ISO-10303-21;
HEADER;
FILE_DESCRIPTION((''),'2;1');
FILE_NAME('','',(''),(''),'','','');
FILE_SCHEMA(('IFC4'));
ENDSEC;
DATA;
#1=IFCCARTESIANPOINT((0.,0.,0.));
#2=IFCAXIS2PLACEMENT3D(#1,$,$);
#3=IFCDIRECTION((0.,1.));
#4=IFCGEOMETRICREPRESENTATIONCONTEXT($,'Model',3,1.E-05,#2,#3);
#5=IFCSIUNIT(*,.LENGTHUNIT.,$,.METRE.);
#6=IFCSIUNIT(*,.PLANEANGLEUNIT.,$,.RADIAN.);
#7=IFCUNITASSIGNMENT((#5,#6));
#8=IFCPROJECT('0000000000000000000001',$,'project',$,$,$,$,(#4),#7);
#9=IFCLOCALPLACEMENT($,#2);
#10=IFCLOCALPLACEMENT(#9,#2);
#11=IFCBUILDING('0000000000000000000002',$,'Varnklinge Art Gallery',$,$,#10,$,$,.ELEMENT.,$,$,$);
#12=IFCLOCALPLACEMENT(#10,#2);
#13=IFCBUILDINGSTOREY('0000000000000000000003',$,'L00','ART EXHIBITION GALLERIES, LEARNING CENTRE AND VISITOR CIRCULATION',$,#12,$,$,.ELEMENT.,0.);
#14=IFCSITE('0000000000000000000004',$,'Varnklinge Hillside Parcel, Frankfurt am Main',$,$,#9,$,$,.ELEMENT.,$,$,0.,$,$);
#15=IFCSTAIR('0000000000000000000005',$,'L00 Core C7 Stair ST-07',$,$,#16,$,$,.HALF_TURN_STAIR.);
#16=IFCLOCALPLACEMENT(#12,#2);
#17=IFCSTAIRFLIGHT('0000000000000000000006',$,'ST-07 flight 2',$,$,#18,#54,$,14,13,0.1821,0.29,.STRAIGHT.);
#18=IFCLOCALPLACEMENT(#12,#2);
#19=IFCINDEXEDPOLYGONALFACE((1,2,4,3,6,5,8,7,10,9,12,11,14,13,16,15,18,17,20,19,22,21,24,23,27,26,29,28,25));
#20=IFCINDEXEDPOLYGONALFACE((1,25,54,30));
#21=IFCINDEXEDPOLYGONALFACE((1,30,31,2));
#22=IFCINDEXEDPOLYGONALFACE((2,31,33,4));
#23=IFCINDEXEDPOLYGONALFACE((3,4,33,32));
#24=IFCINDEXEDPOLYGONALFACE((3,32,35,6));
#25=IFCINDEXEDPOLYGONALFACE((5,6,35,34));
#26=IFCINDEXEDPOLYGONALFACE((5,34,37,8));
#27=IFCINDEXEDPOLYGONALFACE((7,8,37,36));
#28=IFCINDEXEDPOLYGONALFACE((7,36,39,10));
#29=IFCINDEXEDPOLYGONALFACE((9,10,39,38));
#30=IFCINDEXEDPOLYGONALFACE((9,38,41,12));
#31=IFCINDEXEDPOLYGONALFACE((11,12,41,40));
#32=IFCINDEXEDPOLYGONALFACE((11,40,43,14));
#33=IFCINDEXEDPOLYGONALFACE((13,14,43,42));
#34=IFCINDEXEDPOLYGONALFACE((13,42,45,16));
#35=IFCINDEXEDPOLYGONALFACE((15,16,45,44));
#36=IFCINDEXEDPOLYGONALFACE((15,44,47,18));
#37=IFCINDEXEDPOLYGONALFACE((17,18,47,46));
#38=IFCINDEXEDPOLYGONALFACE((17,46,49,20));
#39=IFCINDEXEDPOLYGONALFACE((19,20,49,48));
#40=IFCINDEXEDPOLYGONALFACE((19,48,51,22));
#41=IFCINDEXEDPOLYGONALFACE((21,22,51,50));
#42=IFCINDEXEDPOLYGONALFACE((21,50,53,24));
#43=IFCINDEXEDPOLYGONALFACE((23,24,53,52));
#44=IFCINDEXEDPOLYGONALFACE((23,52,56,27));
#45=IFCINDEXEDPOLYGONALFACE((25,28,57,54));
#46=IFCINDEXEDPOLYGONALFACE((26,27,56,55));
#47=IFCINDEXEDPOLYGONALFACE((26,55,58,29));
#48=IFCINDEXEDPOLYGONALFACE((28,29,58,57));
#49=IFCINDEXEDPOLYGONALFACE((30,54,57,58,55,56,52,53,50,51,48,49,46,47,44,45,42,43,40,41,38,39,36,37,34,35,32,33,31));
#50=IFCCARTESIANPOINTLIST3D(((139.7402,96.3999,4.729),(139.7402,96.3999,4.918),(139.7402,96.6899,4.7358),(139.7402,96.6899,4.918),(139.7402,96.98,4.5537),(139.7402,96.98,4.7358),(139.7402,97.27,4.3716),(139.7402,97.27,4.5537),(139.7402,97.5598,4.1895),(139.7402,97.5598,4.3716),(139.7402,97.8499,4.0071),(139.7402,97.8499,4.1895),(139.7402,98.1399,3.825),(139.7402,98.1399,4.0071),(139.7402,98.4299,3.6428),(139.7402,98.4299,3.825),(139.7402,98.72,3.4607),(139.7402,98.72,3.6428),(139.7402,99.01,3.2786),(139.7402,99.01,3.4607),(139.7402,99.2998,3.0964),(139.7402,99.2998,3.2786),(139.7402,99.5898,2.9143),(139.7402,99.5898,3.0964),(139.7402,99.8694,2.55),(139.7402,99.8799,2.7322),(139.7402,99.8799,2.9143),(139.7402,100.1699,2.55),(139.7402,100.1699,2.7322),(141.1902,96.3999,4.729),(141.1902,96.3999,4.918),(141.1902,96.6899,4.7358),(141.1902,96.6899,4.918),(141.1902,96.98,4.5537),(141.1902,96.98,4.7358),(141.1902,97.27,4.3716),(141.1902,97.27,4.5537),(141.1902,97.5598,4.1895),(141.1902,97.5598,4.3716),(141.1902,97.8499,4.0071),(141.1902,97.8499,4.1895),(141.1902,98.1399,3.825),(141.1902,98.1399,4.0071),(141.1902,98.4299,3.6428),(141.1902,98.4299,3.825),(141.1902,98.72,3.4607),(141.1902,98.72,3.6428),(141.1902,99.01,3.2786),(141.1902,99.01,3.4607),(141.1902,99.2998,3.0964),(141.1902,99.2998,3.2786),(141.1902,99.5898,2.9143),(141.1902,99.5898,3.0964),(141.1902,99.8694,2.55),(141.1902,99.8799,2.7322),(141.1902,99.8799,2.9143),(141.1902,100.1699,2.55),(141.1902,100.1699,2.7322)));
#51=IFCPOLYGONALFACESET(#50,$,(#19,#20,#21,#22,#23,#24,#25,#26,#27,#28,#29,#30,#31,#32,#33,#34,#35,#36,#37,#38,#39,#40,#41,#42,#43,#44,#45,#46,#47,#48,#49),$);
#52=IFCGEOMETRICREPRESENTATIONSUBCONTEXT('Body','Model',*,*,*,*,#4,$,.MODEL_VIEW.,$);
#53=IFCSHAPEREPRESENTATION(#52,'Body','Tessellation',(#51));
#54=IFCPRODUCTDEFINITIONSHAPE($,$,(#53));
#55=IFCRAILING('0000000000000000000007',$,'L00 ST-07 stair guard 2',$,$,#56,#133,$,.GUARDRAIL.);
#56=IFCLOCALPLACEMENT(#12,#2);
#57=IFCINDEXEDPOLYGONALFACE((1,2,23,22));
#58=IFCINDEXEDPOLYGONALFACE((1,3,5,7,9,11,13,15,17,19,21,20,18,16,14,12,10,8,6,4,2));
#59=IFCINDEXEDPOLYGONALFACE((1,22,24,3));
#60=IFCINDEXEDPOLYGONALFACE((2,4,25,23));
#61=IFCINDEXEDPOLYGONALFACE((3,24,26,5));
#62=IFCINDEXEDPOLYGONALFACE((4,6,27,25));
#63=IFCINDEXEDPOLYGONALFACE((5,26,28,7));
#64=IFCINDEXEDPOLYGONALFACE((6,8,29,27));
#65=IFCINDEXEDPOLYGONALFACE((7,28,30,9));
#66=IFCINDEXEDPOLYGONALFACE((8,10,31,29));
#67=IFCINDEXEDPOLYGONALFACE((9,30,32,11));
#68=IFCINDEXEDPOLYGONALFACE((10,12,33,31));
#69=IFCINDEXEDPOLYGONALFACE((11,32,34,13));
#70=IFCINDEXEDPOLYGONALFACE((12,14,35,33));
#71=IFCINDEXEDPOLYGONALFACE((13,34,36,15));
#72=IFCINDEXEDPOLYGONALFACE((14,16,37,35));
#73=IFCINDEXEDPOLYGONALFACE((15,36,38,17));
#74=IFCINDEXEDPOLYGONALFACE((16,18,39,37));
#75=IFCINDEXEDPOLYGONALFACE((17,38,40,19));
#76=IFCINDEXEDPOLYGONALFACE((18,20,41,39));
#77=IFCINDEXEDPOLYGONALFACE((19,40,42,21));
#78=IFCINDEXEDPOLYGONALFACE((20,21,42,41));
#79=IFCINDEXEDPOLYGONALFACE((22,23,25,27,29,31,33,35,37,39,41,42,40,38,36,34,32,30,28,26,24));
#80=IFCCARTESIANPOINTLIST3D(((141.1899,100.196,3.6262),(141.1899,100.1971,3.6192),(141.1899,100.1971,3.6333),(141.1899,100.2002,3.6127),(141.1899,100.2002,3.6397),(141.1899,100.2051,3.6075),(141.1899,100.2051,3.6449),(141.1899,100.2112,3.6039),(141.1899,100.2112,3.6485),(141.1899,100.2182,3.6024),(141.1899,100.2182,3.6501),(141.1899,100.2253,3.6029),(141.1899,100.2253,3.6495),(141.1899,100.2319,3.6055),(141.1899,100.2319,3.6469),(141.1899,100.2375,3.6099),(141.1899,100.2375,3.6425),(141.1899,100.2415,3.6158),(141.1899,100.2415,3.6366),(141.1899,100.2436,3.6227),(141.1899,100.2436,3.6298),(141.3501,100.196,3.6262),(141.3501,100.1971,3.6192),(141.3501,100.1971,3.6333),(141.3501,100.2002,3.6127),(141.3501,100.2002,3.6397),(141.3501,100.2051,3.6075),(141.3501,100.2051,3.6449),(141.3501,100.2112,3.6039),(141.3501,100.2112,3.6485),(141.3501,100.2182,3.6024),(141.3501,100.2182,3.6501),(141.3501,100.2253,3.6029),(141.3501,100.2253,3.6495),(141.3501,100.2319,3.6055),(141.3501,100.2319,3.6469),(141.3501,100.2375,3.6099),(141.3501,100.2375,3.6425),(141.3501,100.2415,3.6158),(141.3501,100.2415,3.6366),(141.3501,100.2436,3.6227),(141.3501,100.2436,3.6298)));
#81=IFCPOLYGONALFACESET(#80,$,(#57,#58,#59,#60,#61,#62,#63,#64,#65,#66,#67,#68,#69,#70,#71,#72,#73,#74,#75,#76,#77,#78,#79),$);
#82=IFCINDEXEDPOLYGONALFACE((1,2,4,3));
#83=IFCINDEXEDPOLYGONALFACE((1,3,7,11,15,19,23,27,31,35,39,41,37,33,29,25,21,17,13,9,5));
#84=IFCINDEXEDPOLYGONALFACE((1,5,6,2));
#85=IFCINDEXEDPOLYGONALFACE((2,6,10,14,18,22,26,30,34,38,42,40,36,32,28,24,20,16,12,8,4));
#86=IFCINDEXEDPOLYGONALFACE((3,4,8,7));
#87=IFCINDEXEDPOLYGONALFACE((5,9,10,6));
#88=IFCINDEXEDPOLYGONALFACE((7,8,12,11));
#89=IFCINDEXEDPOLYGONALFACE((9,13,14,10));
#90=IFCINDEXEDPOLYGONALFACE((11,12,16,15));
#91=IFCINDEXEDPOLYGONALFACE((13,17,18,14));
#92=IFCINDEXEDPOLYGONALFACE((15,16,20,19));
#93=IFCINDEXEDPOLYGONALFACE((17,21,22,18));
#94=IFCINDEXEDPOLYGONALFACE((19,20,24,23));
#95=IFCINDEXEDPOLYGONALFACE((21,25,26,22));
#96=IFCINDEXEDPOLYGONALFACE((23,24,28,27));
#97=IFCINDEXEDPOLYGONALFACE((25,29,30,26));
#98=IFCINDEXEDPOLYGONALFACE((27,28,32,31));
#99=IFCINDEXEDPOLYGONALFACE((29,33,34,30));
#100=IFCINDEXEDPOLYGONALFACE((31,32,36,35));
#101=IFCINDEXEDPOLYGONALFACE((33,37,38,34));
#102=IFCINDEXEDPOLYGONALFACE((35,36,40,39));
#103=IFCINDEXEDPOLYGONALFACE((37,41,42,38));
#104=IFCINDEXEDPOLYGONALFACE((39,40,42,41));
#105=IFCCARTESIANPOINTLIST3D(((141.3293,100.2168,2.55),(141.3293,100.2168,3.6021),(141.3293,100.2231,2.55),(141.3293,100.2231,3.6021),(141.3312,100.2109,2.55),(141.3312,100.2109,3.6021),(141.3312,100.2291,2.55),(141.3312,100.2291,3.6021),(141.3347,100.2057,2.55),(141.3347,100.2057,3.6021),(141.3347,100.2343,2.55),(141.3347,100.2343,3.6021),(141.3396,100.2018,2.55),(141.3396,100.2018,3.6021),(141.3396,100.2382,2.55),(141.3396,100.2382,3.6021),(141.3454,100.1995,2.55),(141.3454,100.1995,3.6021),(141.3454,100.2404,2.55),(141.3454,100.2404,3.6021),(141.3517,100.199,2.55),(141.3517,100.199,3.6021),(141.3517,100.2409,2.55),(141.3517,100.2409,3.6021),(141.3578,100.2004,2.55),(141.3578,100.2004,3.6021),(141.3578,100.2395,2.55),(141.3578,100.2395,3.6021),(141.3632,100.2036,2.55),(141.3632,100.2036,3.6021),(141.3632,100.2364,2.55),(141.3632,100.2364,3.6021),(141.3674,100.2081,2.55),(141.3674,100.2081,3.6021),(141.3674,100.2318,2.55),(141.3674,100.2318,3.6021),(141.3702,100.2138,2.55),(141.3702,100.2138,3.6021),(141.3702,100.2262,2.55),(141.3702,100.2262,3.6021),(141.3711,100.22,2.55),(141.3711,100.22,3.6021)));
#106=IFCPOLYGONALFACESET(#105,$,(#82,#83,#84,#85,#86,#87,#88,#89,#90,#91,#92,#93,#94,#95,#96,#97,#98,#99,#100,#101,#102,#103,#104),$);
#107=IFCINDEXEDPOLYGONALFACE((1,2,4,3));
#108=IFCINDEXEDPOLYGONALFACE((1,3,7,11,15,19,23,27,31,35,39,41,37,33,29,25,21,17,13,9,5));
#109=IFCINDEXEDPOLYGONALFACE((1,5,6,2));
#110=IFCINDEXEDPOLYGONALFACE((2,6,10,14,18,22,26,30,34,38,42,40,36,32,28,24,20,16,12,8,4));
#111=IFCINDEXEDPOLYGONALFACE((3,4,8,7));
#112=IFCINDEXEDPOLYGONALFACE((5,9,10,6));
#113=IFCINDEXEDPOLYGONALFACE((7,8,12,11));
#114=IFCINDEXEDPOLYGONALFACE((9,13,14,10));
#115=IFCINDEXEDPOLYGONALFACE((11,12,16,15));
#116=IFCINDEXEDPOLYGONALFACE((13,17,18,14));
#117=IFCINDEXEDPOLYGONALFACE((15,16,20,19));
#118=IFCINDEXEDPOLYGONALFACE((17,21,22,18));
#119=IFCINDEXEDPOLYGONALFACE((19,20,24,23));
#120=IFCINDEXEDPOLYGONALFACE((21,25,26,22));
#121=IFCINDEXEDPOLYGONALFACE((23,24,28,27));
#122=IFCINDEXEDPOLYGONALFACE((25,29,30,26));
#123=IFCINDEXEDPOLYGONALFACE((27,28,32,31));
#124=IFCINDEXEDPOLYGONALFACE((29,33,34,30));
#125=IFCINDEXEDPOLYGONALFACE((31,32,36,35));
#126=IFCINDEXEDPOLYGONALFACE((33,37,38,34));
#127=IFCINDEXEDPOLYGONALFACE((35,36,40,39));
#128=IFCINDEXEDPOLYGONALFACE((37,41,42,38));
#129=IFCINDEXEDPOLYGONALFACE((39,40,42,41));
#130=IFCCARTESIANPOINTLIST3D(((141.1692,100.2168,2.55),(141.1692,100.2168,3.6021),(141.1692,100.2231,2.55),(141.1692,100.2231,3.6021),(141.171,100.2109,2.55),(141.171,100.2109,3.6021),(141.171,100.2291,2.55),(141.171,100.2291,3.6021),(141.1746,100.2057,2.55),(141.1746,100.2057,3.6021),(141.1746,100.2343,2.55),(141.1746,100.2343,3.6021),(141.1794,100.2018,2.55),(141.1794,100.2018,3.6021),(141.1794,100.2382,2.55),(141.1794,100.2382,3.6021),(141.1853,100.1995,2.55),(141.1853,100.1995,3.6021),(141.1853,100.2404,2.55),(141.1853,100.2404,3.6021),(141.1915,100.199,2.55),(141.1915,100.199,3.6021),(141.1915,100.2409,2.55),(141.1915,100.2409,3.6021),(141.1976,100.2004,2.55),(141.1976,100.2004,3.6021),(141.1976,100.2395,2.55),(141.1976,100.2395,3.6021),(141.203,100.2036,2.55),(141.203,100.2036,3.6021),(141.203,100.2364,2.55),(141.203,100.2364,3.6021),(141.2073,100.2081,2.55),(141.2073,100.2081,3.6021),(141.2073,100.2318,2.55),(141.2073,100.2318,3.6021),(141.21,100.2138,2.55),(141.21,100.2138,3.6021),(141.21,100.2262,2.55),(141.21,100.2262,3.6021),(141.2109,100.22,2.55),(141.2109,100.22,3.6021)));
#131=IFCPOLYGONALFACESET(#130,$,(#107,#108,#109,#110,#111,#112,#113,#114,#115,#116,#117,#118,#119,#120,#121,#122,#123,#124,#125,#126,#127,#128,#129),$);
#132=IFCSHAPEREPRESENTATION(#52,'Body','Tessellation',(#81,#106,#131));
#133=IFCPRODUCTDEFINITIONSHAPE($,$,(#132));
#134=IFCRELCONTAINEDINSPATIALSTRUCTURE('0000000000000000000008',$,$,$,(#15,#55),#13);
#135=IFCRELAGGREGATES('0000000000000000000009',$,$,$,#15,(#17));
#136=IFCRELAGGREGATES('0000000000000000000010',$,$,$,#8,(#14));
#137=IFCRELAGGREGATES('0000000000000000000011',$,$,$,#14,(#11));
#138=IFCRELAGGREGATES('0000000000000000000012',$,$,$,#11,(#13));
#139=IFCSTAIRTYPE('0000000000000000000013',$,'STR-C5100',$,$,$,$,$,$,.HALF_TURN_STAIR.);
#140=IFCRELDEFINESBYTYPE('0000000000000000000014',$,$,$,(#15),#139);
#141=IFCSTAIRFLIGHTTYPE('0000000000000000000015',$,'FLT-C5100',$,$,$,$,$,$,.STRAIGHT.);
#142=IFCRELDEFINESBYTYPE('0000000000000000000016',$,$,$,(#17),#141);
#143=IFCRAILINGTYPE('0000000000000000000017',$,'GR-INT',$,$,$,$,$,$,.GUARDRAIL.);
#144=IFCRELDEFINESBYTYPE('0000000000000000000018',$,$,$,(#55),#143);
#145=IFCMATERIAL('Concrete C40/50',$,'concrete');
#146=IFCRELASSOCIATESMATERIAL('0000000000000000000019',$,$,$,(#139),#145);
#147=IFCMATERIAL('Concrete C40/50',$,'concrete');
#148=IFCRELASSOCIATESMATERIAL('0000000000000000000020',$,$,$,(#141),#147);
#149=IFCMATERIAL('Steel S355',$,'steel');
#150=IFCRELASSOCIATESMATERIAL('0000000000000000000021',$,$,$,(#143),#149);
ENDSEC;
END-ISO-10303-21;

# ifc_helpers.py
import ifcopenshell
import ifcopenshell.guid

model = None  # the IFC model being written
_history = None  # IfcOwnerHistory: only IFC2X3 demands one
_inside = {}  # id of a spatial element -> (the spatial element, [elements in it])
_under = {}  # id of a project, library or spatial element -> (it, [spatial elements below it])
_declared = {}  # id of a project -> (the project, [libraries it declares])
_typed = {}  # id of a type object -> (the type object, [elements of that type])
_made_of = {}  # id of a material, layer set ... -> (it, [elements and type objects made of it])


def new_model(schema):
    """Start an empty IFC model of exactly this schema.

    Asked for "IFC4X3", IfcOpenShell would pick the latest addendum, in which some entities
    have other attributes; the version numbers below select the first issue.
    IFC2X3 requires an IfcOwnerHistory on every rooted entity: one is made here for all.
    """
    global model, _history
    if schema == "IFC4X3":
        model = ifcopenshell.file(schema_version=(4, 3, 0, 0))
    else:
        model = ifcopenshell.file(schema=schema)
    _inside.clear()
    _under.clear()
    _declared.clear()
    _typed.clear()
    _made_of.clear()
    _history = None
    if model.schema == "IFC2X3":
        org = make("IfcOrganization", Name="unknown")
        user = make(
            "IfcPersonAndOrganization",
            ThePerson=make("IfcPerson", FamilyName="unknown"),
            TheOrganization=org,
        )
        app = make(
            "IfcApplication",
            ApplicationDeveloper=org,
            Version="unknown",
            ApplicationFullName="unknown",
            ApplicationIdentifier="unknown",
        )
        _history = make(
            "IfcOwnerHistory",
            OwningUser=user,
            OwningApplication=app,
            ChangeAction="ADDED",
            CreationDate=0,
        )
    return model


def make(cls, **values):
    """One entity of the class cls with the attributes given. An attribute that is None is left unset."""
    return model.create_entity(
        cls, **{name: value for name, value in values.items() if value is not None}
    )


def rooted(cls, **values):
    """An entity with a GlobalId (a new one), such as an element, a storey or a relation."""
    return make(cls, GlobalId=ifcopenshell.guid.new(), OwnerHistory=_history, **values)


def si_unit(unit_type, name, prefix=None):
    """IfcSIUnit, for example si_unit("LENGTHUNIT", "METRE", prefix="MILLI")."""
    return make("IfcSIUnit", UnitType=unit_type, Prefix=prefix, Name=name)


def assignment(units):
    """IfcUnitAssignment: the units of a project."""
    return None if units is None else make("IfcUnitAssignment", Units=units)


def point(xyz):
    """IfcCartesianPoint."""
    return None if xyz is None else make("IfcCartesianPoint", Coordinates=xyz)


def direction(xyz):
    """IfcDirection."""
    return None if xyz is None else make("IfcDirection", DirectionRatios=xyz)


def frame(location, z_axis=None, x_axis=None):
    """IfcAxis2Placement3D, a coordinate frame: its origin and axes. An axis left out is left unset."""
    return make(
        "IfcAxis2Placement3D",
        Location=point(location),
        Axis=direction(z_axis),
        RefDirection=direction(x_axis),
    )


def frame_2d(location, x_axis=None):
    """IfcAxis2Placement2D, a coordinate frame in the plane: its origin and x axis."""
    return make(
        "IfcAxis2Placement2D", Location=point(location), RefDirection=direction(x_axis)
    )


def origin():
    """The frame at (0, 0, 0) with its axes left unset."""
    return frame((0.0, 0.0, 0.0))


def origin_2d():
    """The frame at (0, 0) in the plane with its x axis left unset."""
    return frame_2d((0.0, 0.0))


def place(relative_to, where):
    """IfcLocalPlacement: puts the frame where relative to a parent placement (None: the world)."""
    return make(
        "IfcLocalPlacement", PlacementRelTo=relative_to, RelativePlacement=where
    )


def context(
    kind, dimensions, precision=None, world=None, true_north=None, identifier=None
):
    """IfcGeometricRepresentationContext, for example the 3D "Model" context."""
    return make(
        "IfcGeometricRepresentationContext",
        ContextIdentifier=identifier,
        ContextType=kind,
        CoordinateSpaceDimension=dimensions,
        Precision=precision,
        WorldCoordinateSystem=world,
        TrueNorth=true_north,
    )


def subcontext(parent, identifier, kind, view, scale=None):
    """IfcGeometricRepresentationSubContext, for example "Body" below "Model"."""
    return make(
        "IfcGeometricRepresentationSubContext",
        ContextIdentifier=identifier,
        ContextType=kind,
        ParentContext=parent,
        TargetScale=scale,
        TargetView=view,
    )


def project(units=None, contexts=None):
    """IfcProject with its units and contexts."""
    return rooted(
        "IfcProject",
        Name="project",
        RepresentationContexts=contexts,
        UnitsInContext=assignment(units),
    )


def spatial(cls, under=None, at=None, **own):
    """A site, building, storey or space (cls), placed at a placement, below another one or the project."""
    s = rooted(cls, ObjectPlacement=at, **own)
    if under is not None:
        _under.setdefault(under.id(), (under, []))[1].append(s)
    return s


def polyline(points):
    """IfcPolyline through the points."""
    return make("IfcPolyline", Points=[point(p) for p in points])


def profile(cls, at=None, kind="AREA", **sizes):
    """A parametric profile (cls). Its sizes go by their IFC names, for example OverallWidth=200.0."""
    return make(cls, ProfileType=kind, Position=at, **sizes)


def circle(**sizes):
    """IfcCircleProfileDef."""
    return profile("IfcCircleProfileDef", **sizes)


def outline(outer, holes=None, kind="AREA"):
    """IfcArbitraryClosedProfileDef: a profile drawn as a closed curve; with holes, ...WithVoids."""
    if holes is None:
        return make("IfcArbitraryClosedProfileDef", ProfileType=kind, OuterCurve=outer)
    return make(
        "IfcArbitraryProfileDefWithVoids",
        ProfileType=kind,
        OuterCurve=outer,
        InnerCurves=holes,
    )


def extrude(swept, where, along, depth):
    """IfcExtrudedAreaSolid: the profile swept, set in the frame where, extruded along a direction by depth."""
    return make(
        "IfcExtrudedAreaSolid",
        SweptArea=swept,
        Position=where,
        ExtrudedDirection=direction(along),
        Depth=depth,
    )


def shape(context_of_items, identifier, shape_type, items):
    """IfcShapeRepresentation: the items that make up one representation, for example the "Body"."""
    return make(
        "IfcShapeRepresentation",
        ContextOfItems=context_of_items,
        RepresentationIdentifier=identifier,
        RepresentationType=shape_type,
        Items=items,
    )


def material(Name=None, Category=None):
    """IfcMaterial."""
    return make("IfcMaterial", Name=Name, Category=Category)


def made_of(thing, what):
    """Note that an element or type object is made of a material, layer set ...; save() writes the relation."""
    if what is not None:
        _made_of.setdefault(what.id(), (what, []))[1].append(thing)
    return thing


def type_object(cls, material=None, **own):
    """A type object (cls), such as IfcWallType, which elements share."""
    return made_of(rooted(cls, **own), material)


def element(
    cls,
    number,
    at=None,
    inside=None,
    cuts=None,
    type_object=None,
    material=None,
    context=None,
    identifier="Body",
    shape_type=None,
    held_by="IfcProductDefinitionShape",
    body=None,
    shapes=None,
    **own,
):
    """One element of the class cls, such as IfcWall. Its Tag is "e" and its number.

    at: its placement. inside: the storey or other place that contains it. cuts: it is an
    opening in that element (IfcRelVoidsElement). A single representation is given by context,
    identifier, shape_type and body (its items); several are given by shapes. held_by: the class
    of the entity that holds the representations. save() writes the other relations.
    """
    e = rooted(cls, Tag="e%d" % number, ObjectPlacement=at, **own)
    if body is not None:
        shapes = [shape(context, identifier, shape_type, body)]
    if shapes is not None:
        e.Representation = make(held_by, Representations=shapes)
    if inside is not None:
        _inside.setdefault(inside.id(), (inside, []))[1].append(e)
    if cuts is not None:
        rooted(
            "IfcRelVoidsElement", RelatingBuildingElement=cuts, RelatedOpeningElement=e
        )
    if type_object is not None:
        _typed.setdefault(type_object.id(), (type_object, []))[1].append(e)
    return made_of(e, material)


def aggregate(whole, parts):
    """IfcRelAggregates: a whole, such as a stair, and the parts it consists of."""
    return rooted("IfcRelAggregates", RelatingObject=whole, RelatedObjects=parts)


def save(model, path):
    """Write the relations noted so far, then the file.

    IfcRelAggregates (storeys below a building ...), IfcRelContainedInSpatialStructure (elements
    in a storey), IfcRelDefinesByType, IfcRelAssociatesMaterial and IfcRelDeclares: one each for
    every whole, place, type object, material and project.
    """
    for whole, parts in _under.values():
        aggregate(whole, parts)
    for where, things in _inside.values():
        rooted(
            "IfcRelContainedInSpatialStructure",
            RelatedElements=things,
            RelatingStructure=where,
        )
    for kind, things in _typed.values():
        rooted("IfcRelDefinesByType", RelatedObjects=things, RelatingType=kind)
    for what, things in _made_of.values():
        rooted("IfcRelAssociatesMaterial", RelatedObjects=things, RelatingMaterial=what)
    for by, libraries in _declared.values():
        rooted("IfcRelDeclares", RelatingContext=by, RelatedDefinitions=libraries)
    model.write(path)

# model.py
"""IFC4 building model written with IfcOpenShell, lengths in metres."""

from ifc_helpers import new_model, si_unit, direction, frame, origin, origin_2d, place, context, subcontext, project, spatial, polyline, circle, outline, extrude, material, type_object, element, aggregate, save


model = new_model("IFC4")

# Units and contexts
model_context = context("Model", 3, precision=1e-05, world=origin(), true_north=direction((0.0, 1.0)))
body_context = subcontext(model_context, "Body", "Model", "MODEL_VIEW")
ifc_project = project(units=[si_unit("LENGTHUNIT", "METRE"), si_unit("PLANEANGLEUNIT", "RADIAN")], contexts=[model_context])

# Site, building, storey
site_placement = place(None, origin())
site = spatial("IfcSite", under=ifc_project, at=site_placement, Name="Varnklinge Hillside Parcel, Frankfurt am Main", CompositionType="ELEMENT", RefElevation=0.0)
building_placement = place(site_placement, origin())
building = spatial("IfcBuilding", under=site, at=building_placement, Name="Varnklinge Art Gallery", CompositionType="ELEMENT")
storey_placement = place(building_placement, origin())
storey = spatial("IfcBuildingStorey", under=building, at=storey_placement, Name="L00", Description="ART EXHIBITION GALLERIES, LEARNING CENTRE AND VISITOR CIRCULATION", CompositionType="ELEMENT", Elevation=0.0)

# Stair, stair flight
ifc_material_1 = material(Name="Concrete C40/50", Category="concrete")
stair_type = type_object("IfcStairType", Name="STR-C5100", PredefinedType="HALF_TURN_STAIR", material=ifc_material_1)
stair_placement = place(storey_placement, origin())
stair = element("IfcStair", 1, at=stair_placement, inside=storey, type_object=stair_type, Name="L00 Core C7 Stair ST-07", PredefinedType="HALF_TURN_STAIR")
ifc_material_2 = material(Name="Concrete C40/50", Category="concrete")
stair_flight_type = type_object("IfcStairFlightType", Name="FLT-C5100", PredefinedType="STRAIGHT", material=ifc_material_2)
stair_flight_placement = place(storey_placement, frame((140.4651, 100.1699, 2.55), z_axis=(0.0, 0.0, 1.0), x_axis=(0.0, -1.0, 0.0)))
stair_flight = element("IfcStairFlight", 2, at=stair_flight_placement, type_object=stair_flight_type, Name="ST-07 flight 2", NumberOfRisers=14, NumberOfTreads=13, PredefinedType="STRAIGHT", RiserHeight=0.1821, TreadLength=0.29, context=body_context, shape_type="SweptSolid", body=[
    extrude(outline(polyline([(0.0, 0.0), (0.0, 0.1821), (0.29, 0.1821), (0.29, 0.3643), (0.5801, 0.3643), (0.5801, 0.5464), (0.8701, 0.5464), (0.8701, 0.7285), (1.1599, 0.7285), (1.1599, 0.9106), (1.45, 0.9106), (1.45, 1.0928), (1.74, 1.0928), (1.74, 1.2749), (2.03, 1.2749), (2.03, 1.457), (2.3201, 1.457), (2.3201, 1.6394), (2.6101, 1.6394), (2.6101, 1.8215), (2.8999, 1.8215), (2.8999, 2.0037), (3.1899, 2.0037), (3.1899, 2.1858), (3.48, 2.1858), (3.48, 2.3679), (3.77, 2.3679), (3.77, 2.55), (3.77, 2.179), (0.3005, 0.0), (0.0, 0.0)])), frame((0.0, 0.7251, 0.0), z_axis=(0.0, -1.0, 0.0), x_axis=(1.0, 0.0, 0.0)), (0.0, 0.0, 1.0), 1.45),
])
aggregate(stair, [stair_flight])

# Railing
ifc_material_3 = material(Name="Steel S355", Category="steel")
railing_type = type_object("IfcRailingType", Name="GR-INT", PredefinedType="GUARDRAIL", material=ifc_material_3)
railing_1_placement = place(storey_placement, frame((141.3501, 100.22, 2.55)))
element("IfcRailing", 3, at=railing_1_placement, inside=storey, type_object=railing_type, Name="L00 ST-07 stair guard 2", PredefinedType="GUARDRAIL", context=body_context, shape_type="SweptSolid", body=[
    extrude(circle(Radius=0.0239, at=origin_2d()), frame((0.0, 0.0, 1.0762), z_axis=(-1.0, 0.0, 0.0), x_axis=(0.0, -1.0, 0.0)), (0.0, 0.0, 1.0), 0.1602),
    extrude(circle(Radius=0.021, at=origin_2d()), origin(), (0.0, 0.0, 1.0), 1.052),
    extrude(circle(Radius=0.021, at=origin_2d()), frame((-0.1602, 0.0, 0.0)), (0.0, 0.0, 1.0), 1.052),
])

save(model, "model.ifc")
